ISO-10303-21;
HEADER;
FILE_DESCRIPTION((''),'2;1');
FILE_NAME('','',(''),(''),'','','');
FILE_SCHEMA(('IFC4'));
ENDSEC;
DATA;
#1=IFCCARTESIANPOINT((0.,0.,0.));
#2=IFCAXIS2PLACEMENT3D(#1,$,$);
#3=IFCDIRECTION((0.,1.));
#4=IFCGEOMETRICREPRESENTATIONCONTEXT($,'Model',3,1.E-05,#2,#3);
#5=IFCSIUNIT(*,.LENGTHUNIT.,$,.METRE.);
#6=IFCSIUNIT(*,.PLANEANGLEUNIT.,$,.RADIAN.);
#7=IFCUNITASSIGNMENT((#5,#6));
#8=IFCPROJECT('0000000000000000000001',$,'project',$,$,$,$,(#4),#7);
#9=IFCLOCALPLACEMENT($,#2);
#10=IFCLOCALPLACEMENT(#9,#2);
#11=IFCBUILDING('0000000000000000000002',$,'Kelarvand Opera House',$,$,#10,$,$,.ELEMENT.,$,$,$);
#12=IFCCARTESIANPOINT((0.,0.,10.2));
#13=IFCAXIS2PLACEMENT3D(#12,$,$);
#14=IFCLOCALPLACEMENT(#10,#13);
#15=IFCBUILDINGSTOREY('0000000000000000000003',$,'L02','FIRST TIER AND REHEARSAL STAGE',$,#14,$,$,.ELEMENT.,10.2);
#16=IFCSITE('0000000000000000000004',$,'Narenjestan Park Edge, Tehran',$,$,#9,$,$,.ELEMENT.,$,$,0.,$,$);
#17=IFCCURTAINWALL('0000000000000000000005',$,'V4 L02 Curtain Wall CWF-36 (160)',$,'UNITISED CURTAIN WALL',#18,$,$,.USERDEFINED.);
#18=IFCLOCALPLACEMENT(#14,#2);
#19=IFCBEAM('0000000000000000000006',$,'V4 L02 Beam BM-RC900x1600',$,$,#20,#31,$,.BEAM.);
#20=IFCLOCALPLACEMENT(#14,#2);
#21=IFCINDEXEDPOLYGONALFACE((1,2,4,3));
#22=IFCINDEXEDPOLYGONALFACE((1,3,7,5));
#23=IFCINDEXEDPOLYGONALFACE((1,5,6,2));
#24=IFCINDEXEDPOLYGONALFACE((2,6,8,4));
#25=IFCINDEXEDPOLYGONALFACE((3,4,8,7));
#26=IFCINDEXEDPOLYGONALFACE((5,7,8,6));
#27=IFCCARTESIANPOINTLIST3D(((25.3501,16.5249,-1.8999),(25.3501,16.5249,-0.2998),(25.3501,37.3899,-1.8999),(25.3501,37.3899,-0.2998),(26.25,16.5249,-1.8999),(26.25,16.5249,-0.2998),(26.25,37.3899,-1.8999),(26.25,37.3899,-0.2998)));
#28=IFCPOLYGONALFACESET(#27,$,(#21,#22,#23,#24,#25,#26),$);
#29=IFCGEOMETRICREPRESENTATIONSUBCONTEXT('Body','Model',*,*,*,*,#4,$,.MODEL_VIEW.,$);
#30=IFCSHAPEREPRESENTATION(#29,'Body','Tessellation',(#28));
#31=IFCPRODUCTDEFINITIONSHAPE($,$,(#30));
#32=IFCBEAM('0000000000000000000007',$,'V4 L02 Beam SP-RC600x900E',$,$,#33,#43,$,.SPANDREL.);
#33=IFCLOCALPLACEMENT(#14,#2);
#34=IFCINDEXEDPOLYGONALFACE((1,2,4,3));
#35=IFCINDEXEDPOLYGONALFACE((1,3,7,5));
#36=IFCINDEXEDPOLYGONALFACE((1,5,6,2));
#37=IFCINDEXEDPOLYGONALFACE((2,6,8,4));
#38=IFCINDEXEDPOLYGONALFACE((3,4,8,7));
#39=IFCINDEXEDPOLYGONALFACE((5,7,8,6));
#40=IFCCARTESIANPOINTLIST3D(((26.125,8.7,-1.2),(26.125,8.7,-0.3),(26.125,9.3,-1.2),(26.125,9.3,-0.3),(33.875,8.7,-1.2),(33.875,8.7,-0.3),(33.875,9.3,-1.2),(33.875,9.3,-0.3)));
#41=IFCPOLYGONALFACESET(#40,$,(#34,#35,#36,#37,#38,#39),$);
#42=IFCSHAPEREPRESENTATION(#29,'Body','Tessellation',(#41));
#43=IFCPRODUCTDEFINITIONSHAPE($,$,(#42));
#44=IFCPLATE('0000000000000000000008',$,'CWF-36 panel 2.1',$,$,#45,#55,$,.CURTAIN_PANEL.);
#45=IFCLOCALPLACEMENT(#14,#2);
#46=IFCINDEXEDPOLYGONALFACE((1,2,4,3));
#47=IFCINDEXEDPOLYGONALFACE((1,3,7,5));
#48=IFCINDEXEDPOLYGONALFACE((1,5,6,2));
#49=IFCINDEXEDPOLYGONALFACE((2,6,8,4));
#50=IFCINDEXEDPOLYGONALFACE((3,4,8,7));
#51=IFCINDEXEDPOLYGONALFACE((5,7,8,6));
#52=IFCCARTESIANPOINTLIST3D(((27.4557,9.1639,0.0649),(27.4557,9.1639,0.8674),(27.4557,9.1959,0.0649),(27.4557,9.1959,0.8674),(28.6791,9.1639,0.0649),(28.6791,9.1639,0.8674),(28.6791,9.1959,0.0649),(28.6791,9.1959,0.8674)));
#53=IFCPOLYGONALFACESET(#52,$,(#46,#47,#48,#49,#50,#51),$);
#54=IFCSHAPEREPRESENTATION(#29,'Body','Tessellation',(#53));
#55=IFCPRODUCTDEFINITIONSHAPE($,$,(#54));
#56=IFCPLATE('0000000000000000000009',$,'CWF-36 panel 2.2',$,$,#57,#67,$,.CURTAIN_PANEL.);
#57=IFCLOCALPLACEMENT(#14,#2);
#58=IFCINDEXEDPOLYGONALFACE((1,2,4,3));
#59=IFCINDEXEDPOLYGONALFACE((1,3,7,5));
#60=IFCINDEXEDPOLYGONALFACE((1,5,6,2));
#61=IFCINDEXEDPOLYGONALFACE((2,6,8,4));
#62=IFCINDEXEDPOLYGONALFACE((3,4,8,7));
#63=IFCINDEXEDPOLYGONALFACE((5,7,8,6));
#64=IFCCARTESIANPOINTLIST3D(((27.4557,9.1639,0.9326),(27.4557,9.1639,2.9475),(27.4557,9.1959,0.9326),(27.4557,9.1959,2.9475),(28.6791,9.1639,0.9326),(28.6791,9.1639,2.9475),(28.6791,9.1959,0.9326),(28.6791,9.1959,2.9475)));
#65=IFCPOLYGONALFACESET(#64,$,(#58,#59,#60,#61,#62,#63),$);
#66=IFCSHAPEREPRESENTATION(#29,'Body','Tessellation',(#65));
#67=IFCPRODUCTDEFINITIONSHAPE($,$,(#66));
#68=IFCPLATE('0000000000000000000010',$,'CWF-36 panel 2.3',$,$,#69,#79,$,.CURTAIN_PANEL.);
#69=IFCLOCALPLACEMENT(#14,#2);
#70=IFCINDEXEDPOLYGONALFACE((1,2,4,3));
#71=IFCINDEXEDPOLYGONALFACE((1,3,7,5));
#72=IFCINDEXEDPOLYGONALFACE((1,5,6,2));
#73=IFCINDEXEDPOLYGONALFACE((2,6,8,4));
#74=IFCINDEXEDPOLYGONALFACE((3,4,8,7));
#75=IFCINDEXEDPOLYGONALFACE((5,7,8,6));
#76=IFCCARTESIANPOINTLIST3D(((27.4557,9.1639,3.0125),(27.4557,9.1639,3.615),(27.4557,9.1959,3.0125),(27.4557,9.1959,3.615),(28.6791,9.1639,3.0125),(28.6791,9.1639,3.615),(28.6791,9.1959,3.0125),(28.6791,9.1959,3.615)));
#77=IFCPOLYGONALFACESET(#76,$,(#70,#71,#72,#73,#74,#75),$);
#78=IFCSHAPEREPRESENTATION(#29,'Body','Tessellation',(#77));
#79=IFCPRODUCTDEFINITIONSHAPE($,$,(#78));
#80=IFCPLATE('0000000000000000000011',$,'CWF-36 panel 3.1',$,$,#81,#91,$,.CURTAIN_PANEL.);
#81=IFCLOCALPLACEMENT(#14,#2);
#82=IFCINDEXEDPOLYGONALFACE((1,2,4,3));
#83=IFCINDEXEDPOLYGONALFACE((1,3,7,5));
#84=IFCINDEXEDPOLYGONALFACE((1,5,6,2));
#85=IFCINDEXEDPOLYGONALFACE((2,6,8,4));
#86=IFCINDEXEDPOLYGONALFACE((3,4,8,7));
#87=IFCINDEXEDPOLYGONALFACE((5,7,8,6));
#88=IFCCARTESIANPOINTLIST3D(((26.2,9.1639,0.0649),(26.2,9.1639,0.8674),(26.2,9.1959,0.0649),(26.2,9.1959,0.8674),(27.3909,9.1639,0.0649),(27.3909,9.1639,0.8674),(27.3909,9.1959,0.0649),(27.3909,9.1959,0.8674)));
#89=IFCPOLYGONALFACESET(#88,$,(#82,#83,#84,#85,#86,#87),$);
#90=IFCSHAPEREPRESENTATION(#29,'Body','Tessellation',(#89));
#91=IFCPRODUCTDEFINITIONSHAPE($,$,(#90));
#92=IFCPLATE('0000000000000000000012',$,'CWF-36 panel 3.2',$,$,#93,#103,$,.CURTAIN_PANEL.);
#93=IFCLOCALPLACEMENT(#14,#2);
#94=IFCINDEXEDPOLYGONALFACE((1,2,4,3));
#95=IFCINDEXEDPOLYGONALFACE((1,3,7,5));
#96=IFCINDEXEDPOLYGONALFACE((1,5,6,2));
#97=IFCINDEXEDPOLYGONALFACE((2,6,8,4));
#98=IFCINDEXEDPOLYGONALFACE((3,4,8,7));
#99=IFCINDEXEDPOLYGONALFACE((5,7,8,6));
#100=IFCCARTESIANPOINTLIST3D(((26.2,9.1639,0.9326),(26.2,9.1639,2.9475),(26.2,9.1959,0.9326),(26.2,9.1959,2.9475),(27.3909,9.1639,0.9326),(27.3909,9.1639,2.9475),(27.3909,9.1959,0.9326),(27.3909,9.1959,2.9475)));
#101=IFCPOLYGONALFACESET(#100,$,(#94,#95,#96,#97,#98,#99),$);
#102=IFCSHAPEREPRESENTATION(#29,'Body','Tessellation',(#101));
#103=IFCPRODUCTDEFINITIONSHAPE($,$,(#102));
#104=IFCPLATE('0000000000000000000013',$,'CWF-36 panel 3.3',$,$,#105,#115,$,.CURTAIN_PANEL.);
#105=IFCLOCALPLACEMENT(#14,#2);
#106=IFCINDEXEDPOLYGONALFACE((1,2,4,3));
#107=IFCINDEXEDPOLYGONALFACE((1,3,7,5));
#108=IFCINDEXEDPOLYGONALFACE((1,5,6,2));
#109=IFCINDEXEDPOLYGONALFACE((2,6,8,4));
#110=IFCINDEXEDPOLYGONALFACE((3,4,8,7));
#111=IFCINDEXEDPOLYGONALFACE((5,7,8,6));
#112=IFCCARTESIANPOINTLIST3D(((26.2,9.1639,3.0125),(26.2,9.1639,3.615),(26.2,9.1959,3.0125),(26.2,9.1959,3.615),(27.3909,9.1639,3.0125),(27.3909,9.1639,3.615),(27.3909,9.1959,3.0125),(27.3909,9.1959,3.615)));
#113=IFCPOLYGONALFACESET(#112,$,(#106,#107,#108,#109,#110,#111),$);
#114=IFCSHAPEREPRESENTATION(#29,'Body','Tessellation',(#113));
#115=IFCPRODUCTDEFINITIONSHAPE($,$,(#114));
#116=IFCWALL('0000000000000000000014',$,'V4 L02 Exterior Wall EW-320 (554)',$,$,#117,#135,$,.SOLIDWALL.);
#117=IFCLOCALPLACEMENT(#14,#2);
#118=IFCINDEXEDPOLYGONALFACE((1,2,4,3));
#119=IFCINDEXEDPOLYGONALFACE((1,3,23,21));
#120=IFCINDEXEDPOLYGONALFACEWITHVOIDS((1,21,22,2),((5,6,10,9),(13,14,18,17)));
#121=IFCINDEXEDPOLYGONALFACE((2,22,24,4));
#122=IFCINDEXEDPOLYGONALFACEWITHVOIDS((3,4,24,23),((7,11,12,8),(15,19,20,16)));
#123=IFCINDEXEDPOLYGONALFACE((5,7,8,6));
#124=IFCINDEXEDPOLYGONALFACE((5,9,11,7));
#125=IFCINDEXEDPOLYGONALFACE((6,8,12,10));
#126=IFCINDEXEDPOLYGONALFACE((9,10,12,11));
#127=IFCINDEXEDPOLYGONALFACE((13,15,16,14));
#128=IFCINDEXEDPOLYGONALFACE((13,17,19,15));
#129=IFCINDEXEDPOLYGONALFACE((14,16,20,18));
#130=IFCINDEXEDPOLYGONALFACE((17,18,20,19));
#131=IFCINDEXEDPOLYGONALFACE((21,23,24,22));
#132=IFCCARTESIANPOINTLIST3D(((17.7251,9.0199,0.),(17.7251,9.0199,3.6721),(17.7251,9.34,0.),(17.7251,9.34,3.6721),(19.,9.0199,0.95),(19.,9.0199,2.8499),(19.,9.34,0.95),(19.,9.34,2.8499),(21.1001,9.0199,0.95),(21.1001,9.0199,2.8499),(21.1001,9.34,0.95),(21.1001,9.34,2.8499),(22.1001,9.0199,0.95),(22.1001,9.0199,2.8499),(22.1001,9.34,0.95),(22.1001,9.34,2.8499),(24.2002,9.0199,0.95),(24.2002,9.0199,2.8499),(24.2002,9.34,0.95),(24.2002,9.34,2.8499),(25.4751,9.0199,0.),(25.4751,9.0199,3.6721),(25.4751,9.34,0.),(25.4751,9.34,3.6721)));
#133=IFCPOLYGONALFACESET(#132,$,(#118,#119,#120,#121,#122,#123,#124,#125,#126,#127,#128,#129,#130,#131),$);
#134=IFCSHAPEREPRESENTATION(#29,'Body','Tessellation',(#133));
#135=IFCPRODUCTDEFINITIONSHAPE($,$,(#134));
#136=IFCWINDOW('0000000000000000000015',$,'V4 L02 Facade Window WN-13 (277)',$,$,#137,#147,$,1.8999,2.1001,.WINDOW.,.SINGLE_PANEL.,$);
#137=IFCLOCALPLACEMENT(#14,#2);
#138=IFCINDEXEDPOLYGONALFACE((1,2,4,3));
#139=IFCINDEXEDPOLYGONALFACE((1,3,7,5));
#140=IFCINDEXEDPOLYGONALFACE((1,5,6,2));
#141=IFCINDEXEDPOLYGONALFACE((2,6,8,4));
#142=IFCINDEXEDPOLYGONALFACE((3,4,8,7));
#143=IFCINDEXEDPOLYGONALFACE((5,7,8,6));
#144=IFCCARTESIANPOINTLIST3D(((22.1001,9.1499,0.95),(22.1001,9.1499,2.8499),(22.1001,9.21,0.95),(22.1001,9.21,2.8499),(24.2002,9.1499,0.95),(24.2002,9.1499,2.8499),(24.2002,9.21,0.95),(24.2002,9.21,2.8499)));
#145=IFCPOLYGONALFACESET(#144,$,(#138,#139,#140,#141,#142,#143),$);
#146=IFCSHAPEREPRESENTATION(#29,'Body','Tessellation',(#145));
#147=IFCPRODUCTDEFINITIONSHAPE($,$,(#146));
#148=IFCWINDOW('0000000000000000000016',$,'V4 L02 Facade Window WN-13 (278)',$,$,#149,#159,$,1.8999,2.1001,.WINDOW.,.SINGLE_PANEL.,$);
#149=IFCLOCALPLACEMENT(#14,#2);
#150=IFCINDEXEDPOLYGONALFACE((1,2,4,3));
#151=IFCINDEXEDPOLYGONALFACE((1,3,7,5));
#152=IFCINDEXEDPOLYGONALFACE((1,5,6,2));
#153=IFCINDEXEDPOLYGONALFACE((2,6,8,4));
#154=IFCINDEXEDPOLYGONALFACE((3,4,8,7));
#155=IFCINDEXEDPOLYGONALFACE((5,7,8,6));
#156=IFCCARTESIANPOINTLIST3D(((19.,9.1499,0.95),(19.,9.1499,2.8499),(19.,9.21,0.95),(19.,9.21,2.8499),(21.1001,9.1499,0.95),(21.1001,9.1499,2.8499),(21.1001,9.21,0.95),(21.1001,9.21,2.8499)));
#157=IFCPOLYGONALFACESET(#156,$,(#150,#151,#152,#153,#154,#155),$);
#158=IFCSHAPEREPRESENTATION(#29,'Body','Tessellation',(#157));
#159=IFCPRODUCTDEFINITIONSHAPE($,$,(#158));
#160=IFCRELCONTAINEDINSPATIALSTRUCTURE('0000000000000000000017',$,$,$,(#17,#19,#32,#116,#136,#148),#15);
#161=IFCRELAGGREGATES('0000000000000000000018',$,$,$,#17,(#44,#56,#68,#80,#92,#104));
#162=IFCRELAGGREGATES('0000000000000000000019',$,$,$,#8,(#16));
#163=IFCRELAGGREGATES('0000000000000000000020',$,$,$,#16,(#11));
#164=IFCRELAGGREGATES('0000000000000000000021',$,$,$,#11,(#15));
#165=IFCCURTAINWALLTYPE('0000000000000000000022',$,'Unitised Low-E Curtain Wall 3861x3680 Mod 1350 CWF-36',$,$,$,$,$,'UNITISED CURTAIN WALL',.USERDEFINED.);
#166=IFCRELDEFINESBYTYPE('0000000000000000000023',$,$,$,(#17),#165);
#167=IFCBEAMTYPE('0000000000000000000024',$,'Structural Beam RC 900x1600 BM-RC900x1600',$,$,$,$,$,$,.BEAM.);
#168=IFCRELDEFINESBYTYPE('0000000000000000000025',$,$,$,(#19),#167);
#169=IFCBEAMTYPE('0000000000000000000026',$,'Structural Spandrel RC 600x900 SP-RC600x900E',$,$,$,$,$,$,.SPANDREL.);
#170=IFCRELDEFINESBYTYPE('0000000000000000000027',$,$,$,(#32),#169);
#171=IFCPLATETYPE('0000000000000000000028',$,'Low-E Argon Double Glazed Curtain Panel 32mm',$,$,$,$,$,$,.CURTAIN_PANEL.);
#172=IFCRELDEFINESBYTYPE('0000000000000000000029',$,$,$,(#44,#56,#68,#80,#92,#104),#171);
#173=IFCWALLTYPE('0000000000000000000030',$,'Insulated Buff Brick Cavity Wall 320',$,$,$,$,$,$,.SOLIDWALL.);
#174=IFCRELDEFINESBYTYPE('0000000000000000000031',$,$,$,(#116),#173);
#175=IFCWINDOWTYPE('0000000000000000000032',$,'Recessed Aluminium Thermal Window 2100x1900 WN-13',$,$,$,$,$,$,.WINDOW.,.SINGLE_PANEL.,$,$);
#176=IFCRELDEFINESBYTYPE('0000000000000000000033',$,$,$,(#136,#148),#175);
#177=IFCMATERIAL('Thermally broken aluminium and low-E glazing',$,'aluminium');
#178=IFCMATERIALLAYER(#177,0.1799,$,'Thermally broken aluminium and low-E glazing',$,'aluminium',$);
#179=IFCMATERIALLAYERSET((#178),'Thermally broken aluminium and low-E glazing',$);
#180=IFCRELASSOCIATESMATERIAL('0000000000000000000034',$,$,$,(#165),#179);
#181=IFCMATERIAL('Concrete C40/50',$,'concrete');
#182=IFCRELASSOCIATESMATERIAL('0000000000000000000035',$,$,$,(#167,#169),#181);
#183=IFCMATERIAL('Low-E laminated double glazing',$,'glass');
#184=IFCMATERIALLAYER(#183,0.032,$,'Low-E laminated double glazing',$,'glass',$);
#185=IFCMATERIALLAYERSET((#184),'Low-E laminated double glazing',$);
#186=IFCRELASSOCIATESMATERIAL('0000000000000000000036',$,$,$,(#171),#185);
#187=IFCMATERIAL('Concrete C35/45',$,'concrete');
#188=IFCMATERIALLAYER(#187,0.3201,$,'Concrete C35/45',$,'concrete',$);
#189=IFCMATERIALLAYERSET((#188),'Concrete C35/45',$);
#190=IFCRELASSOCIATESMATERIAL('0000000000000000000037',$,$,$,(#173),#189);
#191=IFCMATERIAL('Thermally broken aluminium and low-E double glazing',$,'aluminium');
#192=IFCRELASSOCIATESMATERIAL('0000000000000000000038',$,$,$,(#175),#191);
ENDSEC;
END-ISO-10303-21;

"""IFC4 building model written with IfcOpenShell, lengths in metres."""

from ifc_helpers import new_model, si_unit, direction, frame, frame_2d, origin, origin_2d, place, context, subcontext, project, spatial, rectangle, extrude, material, layer, layer_set, material_profile, profile_set, type_object, element, fill, aggregate, save


model = new_model("IFC4")

# Units and contexts
model_context = context("Model", 3, precision=1e-05, world=origin(), true_north=direction((0.0, 1.0)))
body_context = subcontext(model_context, "Body", "Model", "MODEL_VIEW")
ifc_project = project(units=[si_unit("LENGTHUNIT", "METRE"), si_unit("PLANEANGLEUNIT", "RADIAN")], contexts=[model_context])

# Site, building, storey
site_placement = place(None, origin())
site = spatial("IfcSite", under=ifc_project, at=site_placement, Name="Narenjestan Park Edge, Tehran", CompositionType="ELEMENT", RefElevation=0.0)
building_placement = place(site_placement, origin())
building = spatial("IfcBuilding", under=site, at=building_placement, Name="Kelarvand Opera House", CompositionType="ELEMENT")
storey_placement = place(building_placement, frame((0.0, 0.0, 10.2)))
storey = spatial("IfcBuildingStorey", under=building, at=storey_placement, Name="L02", Description="FIRST TIER AND REHEARSAL STAGE", CompositionType="ELEMENT", Elevation=10.2)

# Shared definitions
ifc_material_1 = material(Name="Concrete C40/50", Category="concrete")

# Curtain wall
ifc_material_2 = material(Name="Thermally broken aluminium and low-E glazing", Category="aluminium")
ifc_layer_1 = layer(ifc_material_2, 0.1799, Name="Thermally broken aluminium and low-E glazing", Category="aluminium")
ifc_layer_set_1 = layer_set([ifc_layer_1], Name="Thermally broken aluminium and low-E glazing")
curtain_wall_type = type_object("IfcCurtainWallType", Name="Unitised Low-E Curtain Wall 3861x3680 Mod 1350 CWF-36", ElementType="UNITISED CURTAIN WALL", PredefinedType="USERDEFINED", material=ifc_layer_set_1)
curtain_wall_placement = place(storey_placement, origin())
curtain_wall = element("IfcCurtainWall", 1, at=curtain_wall_placement, inside=storey, type_object=curtain_wall_type, Name="V4 L02 Curtain Wall CWF-36 (160)", ObjectType="UNITISED CURTAIN WALL", PredefinedType="USERDEFINED")

# Beams
ifc_material_3 = material(Name="Concrete C35/45", Category="concrete")
ifc_material_profile_1 = material_profile(ifc_material_1, rectangle(XDim=0.8999, YDim=1.6001, at=origin_2d()), Name="RC 900x1600", Category="concrete")
ifc_profile_set_1 = profile_set([ifc_material_profile_1], Name="Concrete C40/50")
beam_type_1 = type_object("IfcBeamType", Name="Structural Beam RC 900x1600 BM-RC900x1600", PredefinedType="BEAM", material=ifc_profile_set_1)
beam_1_placement = place(storey_placement, frame((25.8, 16.5249, -1.0999), z_axis=(0.0, 1.0, 0.0), x_axis=(-1.0, 0.0, 0.0)))
element("IfcBeam", 2, at=beam_1_placement, inside=storey, type_object=beam_type_1, Name="V4 L02 Beam BM-RC900x1600", PredefinedType="BEAM", context=body_context, shape_type="SweptSolid", body=[
    extrude(rectangle(XDim=0.8999, YDim=1.6001, at=origin_2d()), origin(), (0.0, 0.0, 1.0), 20.865),
])
ifc_material_profile_2 = material_profile(ifc_material_1, rectangle(XDim=0.6001, YDim=0.8999, at=origin_2d()), Name="RC 600x900", Category="concrete")
ifc_profile_set_2 = profile_set([ifc_material_profile_2], Name="Concrete C40/50")
beam_type_2 = type_object("IfcBeamType", Name="Structural Spandrel RC 600x900 SP-RC600x900E", PredefinedType="SPANDREL", material=ifc_profile_set_2)
beam_2_placement = place(storey_placement, frame((26.125, 9.0, -0.75), z_axis=(1.0, 0.0, 0.0), x_axis=(0.0, 1.0, 0.0)))
element("IfcBeam", 3, at=beam_2_placement, inside=storey, type_object=beam_type_2, Name="V4 L02 Beam SP-RC600x900E", PredefinedType="SPANDREL", context=body_context, shape_type="SweptSolid", body=[
    extrude(rectangle(XDim=0.6001, YDim=0.8999, at=origin_2d()), origin(), (0.0, 0.0, 1.0), 7.75),
])

# Plates
ifc_material_4 = material(Name="Low-E laminated double glazing", Category="glass")
ifc_layer_2 = layer(ifc_material_4, 0.032, Name="Low-E laminated double glazing", Category="glass")
ifc_layer_set_2 = layer_set([ifc_layer_2], Name="Low-E laminated double glazing")
plate_type = type_object("IfcPlateType", Name="Low-E Argon Double Glazed Curtain Panel 32mm", PredefinedType="CURTAIN_PANEL", material=ifc_layer_set_2)
plate_1_placement = place(storey_placement, frame((28.0674, 9.1799, 0.0649), z_axis=(0.0, 0.0, 1.0), x_axis=(-1.0, 0.0, 0.0)))
plate_1 = element("IfcPlate", 4, at=plate_1_placement, type_object=plate_type, Name="CWF-36 panel 2.1", PredefinedType="CURTAIN_PANEL", context=body_context, shape_type="SweptSolid", body=[
    extrude(rectangle(XDim=1.2234, YDim=0.032, at=origin_2d()), origin(), (0.0, 0.0, 1.0), 0.8025),
])
plate_2_placement = place(storey_placement, frame((28.0674, 9.1799, 0.9326), z_axis=(0.0, 0.0, 1.0), x_axis=(-1.0, 0.0, 0.0)))
plate_2 = element("IfcPlate", 5, at=plate_2_placement, type_object=plate_type, Name="CWF-36 panel 2.2", PredefinedType="CURTAIN_PANEL", context=body_context, shape_type="SweptSolid", body=[
    extrude(rectangle(XDim=1.2234, YDim=0.032, at=origin_2d()), origin(), (0.0, 0.0, 1.0), 2.0149),
])
plate_3_placement = place(storey_placement, frame((28.0674, 9.1799, 3.0125), z_axis=(0.0, 0.0, 1.0), x_axis=(-1.0, 0.0, 0.0)))
plate_3 = element("IfcPlate", 6, at=plate_3_placement, type_object=plate_type, Name="CWF-36 panel 2.3", PredefinedType="CURTAIN_PANEL", context=body_context, shape_type="SweptSolid", body=[
    extrude(rectangle(XDim=1.2234, YDim=0.032, at=origin_2d()), origin(), (0.0, 0.0, 1.0), 0.6025),
])
plate_4_placement = place(storey_placement, frame((26.7954, 9.1799, 0.0649), z_axis=(0.0, 0.0, 1.0), x_axis=(-1.0, 0.0, 0.0)))
plate_4 = element("IfcPlate", 7, at=plate_4_placement, type_object=plate_type, Name="CWF-36 panel 3.1", PredefinedType="CURTAIN_PANEL", context=body_context, shape_type="SweptSolid", body=[
    extrude(rectangle(XDim=1.1909, YDim=0.032, at=origin_2d()), origin(), (0.0, 0.0, 1.0), 0.8025),
])
plate_5_placement = place(storey_placement, frame((26.7954, 9.1799, 0.9326), z_axis=(0.0, 0.0, 1.0), x_axis=(-1.0, 0.0, 0.0)))
plate_5 = element("IfcPlate", 8, at=plate_5_placement, type_object=plate_type, Name="CWF-36 panel 3.2", PredefinedType="CURTAIN_PANEL", context=body_context, shape_type="SweptSolid", body=[
    extrude(rectangle(XDim=1.1909, YDim=0.032, at=origin_2d()), origin(), (0.0, 0.0, 1.0), 2.0149),
])
plate_6_placement = place(storey_placement, frame((26.7954, 9.1799, 3.0125), z_axis=(0.0, 0.0, 1.0), x_axis=(-1.0, 0.0, 0.0)))
plate_6 = element("IfcPlate", 9, at=plate_6_placement, type_object=plate_type, Name="CWF-36 panel 3.3", PredefinedType="CURTAIN_PANEL", context=body_context, shape_type="SweptSolid", body=[
    extrude(rectangle(XDim=1.1909, YDim=0.032, at=origin_2d()), origin(), (0.0, 0.0, 1.0), 0.6025),
])
aggregate(curtain_wall, [plate_1, plate_2, plate_3, plate_4, plate_5, plate_6])

# Wall, openings, windows
ifc_layer_3 = layer(ifc_material_3, 0.3201, Name="Concrete C35/45", Category="concrete")
ifc_layer_set_3 = layer_set([ifc_layer_3], Name="Concrete C35/45")
wall_type = type_object("IfcWallType", Name="Insulated Buff Brick Cavity Wall 320", PredefinedType="SOLIDWALL", material=ifc_layer_set_3)
wall_placement = place(storey_placement, frame((25.4751, 9.1799, 0.0), z_axis=(0.0, 0.0, 1.0), x_axis=(-1.0, 0.0, 0.0)))
wall = element("IfcWall", 10, at=wall_placement, inside=storey, type_object=wall_type, Name="V4 L02 Exterior Wall EW-320 (554)", PredefinedType="SOLIDWALL", context=body_context, shape_type="SweptSolid", body=[
    extrude(rectangle(XDim=7.75, YDim=0.3201, at=frame_2d((3.875, 0.0))), origin(), (0.0, 0.0, 1.0), 3.6721),
])
opening_1_placement = place(wall_placement, frame((1.2749, 0.0, 0.95)))
opening_1 = element("IfcOpeningElement", 11, at=opening_1_placement, cuts=wall, PredefinedType="OPENING", context=body_context, shape_type="SweptSolid", body=[
    extrude(rectangle(XDim=2.1001, YDim=1.8999, at=frame_2d((1.05, 0.95))), frame((0.0, 0.1699, 0.0), z_axis=(0.0, -1.0, 0.0), x_axis=(1.0, 0.0, 0.0)), (0.0, 0.0, 1.0), 0.3401),
])
opening_2_placement = place(wall_placement, frame((4.375, 0.0, 0.95)))
opening_2 = element("IfcOpeningElement", 12, at=opening_2_placement, cuts=wall, PredefinedType="OPENING", context=body_context, shape_type="SweptSolid", body=[
    extrude(rectangle(XDim=2.1001, YDim=1.8999, at=frame_2d((1.05, 0.95))), frame((0.0, 0.1699, 0.0), z_axis=(0.0, -1.0, 0.0), x_axis=(1.0, 0.0, 0.0)), (0.0, 0.0, 1.0), 0.3401),
])
ifc_material_5 = material(Name="Thermally broken aluminium and low-E double glazing", Category="aluminium")
window_type = type_object("IfcWindowType", Name="Recessed Aluminium Thermal Window 2100x1900 WN-13", PartitioningType="SINGLE_PANEL", PredefinedType="WINDOW", material=ifc_material_5)
window_1_placement = place(opening_1_placement, origin())
window_1 = element("IfcWindow", 13, at=window_1_placement, inside=storey, type_object=window_type, Name="V4 L02 Facade Window WN-13 (277)", OverallHeight=1.8999, OverallWidth=2.1001, PartitioningType="SINGLE_PANEL", PredefinedType="WINDOW", context=body_context, shape_type="SweptSolid", body=[
    extrude(rectangle(XDim=2.1001, YDim=1.8999, at=frame_2d((1.05, 0.95))), frame((0.0, 0.03, 0.0), z_axis=(0.0, -1.0, 0.0), x_axis=(1.0, 0.0, 0.0)), (0.0, 0.0, 1.0), 0.0601),
])
fill(opening_1, window_1)
window_2_placement = place(opening_2_placement, origin())
window_2 = element("IfcWindow", 14, at=window_2_placement, inside=storey, type_object=window_type, Name="V4 L02 Facade Window WN-13 (278)", OverallHeight=1.8999, OverallWidth=2.1001, PartitioningType="SINGLE_PANEL", PredefinedType="WINDOW", context=body_context, shape_type="SweptSolid", body=[
    extrude(rectangle(XDim=2.1001, YDim=1.8999, at=frame_2d((1.05, 0.95))), frame((0.0, 0.03, 0.0), z_axis=(0.0, -1.0, 0.0), x_axis=(1.0, 0.0, 0.0)), (0.0, 0.0, 1.0), 0.0601),
])
fill(opening_2, window_2)

save(model, "model.ifc")
